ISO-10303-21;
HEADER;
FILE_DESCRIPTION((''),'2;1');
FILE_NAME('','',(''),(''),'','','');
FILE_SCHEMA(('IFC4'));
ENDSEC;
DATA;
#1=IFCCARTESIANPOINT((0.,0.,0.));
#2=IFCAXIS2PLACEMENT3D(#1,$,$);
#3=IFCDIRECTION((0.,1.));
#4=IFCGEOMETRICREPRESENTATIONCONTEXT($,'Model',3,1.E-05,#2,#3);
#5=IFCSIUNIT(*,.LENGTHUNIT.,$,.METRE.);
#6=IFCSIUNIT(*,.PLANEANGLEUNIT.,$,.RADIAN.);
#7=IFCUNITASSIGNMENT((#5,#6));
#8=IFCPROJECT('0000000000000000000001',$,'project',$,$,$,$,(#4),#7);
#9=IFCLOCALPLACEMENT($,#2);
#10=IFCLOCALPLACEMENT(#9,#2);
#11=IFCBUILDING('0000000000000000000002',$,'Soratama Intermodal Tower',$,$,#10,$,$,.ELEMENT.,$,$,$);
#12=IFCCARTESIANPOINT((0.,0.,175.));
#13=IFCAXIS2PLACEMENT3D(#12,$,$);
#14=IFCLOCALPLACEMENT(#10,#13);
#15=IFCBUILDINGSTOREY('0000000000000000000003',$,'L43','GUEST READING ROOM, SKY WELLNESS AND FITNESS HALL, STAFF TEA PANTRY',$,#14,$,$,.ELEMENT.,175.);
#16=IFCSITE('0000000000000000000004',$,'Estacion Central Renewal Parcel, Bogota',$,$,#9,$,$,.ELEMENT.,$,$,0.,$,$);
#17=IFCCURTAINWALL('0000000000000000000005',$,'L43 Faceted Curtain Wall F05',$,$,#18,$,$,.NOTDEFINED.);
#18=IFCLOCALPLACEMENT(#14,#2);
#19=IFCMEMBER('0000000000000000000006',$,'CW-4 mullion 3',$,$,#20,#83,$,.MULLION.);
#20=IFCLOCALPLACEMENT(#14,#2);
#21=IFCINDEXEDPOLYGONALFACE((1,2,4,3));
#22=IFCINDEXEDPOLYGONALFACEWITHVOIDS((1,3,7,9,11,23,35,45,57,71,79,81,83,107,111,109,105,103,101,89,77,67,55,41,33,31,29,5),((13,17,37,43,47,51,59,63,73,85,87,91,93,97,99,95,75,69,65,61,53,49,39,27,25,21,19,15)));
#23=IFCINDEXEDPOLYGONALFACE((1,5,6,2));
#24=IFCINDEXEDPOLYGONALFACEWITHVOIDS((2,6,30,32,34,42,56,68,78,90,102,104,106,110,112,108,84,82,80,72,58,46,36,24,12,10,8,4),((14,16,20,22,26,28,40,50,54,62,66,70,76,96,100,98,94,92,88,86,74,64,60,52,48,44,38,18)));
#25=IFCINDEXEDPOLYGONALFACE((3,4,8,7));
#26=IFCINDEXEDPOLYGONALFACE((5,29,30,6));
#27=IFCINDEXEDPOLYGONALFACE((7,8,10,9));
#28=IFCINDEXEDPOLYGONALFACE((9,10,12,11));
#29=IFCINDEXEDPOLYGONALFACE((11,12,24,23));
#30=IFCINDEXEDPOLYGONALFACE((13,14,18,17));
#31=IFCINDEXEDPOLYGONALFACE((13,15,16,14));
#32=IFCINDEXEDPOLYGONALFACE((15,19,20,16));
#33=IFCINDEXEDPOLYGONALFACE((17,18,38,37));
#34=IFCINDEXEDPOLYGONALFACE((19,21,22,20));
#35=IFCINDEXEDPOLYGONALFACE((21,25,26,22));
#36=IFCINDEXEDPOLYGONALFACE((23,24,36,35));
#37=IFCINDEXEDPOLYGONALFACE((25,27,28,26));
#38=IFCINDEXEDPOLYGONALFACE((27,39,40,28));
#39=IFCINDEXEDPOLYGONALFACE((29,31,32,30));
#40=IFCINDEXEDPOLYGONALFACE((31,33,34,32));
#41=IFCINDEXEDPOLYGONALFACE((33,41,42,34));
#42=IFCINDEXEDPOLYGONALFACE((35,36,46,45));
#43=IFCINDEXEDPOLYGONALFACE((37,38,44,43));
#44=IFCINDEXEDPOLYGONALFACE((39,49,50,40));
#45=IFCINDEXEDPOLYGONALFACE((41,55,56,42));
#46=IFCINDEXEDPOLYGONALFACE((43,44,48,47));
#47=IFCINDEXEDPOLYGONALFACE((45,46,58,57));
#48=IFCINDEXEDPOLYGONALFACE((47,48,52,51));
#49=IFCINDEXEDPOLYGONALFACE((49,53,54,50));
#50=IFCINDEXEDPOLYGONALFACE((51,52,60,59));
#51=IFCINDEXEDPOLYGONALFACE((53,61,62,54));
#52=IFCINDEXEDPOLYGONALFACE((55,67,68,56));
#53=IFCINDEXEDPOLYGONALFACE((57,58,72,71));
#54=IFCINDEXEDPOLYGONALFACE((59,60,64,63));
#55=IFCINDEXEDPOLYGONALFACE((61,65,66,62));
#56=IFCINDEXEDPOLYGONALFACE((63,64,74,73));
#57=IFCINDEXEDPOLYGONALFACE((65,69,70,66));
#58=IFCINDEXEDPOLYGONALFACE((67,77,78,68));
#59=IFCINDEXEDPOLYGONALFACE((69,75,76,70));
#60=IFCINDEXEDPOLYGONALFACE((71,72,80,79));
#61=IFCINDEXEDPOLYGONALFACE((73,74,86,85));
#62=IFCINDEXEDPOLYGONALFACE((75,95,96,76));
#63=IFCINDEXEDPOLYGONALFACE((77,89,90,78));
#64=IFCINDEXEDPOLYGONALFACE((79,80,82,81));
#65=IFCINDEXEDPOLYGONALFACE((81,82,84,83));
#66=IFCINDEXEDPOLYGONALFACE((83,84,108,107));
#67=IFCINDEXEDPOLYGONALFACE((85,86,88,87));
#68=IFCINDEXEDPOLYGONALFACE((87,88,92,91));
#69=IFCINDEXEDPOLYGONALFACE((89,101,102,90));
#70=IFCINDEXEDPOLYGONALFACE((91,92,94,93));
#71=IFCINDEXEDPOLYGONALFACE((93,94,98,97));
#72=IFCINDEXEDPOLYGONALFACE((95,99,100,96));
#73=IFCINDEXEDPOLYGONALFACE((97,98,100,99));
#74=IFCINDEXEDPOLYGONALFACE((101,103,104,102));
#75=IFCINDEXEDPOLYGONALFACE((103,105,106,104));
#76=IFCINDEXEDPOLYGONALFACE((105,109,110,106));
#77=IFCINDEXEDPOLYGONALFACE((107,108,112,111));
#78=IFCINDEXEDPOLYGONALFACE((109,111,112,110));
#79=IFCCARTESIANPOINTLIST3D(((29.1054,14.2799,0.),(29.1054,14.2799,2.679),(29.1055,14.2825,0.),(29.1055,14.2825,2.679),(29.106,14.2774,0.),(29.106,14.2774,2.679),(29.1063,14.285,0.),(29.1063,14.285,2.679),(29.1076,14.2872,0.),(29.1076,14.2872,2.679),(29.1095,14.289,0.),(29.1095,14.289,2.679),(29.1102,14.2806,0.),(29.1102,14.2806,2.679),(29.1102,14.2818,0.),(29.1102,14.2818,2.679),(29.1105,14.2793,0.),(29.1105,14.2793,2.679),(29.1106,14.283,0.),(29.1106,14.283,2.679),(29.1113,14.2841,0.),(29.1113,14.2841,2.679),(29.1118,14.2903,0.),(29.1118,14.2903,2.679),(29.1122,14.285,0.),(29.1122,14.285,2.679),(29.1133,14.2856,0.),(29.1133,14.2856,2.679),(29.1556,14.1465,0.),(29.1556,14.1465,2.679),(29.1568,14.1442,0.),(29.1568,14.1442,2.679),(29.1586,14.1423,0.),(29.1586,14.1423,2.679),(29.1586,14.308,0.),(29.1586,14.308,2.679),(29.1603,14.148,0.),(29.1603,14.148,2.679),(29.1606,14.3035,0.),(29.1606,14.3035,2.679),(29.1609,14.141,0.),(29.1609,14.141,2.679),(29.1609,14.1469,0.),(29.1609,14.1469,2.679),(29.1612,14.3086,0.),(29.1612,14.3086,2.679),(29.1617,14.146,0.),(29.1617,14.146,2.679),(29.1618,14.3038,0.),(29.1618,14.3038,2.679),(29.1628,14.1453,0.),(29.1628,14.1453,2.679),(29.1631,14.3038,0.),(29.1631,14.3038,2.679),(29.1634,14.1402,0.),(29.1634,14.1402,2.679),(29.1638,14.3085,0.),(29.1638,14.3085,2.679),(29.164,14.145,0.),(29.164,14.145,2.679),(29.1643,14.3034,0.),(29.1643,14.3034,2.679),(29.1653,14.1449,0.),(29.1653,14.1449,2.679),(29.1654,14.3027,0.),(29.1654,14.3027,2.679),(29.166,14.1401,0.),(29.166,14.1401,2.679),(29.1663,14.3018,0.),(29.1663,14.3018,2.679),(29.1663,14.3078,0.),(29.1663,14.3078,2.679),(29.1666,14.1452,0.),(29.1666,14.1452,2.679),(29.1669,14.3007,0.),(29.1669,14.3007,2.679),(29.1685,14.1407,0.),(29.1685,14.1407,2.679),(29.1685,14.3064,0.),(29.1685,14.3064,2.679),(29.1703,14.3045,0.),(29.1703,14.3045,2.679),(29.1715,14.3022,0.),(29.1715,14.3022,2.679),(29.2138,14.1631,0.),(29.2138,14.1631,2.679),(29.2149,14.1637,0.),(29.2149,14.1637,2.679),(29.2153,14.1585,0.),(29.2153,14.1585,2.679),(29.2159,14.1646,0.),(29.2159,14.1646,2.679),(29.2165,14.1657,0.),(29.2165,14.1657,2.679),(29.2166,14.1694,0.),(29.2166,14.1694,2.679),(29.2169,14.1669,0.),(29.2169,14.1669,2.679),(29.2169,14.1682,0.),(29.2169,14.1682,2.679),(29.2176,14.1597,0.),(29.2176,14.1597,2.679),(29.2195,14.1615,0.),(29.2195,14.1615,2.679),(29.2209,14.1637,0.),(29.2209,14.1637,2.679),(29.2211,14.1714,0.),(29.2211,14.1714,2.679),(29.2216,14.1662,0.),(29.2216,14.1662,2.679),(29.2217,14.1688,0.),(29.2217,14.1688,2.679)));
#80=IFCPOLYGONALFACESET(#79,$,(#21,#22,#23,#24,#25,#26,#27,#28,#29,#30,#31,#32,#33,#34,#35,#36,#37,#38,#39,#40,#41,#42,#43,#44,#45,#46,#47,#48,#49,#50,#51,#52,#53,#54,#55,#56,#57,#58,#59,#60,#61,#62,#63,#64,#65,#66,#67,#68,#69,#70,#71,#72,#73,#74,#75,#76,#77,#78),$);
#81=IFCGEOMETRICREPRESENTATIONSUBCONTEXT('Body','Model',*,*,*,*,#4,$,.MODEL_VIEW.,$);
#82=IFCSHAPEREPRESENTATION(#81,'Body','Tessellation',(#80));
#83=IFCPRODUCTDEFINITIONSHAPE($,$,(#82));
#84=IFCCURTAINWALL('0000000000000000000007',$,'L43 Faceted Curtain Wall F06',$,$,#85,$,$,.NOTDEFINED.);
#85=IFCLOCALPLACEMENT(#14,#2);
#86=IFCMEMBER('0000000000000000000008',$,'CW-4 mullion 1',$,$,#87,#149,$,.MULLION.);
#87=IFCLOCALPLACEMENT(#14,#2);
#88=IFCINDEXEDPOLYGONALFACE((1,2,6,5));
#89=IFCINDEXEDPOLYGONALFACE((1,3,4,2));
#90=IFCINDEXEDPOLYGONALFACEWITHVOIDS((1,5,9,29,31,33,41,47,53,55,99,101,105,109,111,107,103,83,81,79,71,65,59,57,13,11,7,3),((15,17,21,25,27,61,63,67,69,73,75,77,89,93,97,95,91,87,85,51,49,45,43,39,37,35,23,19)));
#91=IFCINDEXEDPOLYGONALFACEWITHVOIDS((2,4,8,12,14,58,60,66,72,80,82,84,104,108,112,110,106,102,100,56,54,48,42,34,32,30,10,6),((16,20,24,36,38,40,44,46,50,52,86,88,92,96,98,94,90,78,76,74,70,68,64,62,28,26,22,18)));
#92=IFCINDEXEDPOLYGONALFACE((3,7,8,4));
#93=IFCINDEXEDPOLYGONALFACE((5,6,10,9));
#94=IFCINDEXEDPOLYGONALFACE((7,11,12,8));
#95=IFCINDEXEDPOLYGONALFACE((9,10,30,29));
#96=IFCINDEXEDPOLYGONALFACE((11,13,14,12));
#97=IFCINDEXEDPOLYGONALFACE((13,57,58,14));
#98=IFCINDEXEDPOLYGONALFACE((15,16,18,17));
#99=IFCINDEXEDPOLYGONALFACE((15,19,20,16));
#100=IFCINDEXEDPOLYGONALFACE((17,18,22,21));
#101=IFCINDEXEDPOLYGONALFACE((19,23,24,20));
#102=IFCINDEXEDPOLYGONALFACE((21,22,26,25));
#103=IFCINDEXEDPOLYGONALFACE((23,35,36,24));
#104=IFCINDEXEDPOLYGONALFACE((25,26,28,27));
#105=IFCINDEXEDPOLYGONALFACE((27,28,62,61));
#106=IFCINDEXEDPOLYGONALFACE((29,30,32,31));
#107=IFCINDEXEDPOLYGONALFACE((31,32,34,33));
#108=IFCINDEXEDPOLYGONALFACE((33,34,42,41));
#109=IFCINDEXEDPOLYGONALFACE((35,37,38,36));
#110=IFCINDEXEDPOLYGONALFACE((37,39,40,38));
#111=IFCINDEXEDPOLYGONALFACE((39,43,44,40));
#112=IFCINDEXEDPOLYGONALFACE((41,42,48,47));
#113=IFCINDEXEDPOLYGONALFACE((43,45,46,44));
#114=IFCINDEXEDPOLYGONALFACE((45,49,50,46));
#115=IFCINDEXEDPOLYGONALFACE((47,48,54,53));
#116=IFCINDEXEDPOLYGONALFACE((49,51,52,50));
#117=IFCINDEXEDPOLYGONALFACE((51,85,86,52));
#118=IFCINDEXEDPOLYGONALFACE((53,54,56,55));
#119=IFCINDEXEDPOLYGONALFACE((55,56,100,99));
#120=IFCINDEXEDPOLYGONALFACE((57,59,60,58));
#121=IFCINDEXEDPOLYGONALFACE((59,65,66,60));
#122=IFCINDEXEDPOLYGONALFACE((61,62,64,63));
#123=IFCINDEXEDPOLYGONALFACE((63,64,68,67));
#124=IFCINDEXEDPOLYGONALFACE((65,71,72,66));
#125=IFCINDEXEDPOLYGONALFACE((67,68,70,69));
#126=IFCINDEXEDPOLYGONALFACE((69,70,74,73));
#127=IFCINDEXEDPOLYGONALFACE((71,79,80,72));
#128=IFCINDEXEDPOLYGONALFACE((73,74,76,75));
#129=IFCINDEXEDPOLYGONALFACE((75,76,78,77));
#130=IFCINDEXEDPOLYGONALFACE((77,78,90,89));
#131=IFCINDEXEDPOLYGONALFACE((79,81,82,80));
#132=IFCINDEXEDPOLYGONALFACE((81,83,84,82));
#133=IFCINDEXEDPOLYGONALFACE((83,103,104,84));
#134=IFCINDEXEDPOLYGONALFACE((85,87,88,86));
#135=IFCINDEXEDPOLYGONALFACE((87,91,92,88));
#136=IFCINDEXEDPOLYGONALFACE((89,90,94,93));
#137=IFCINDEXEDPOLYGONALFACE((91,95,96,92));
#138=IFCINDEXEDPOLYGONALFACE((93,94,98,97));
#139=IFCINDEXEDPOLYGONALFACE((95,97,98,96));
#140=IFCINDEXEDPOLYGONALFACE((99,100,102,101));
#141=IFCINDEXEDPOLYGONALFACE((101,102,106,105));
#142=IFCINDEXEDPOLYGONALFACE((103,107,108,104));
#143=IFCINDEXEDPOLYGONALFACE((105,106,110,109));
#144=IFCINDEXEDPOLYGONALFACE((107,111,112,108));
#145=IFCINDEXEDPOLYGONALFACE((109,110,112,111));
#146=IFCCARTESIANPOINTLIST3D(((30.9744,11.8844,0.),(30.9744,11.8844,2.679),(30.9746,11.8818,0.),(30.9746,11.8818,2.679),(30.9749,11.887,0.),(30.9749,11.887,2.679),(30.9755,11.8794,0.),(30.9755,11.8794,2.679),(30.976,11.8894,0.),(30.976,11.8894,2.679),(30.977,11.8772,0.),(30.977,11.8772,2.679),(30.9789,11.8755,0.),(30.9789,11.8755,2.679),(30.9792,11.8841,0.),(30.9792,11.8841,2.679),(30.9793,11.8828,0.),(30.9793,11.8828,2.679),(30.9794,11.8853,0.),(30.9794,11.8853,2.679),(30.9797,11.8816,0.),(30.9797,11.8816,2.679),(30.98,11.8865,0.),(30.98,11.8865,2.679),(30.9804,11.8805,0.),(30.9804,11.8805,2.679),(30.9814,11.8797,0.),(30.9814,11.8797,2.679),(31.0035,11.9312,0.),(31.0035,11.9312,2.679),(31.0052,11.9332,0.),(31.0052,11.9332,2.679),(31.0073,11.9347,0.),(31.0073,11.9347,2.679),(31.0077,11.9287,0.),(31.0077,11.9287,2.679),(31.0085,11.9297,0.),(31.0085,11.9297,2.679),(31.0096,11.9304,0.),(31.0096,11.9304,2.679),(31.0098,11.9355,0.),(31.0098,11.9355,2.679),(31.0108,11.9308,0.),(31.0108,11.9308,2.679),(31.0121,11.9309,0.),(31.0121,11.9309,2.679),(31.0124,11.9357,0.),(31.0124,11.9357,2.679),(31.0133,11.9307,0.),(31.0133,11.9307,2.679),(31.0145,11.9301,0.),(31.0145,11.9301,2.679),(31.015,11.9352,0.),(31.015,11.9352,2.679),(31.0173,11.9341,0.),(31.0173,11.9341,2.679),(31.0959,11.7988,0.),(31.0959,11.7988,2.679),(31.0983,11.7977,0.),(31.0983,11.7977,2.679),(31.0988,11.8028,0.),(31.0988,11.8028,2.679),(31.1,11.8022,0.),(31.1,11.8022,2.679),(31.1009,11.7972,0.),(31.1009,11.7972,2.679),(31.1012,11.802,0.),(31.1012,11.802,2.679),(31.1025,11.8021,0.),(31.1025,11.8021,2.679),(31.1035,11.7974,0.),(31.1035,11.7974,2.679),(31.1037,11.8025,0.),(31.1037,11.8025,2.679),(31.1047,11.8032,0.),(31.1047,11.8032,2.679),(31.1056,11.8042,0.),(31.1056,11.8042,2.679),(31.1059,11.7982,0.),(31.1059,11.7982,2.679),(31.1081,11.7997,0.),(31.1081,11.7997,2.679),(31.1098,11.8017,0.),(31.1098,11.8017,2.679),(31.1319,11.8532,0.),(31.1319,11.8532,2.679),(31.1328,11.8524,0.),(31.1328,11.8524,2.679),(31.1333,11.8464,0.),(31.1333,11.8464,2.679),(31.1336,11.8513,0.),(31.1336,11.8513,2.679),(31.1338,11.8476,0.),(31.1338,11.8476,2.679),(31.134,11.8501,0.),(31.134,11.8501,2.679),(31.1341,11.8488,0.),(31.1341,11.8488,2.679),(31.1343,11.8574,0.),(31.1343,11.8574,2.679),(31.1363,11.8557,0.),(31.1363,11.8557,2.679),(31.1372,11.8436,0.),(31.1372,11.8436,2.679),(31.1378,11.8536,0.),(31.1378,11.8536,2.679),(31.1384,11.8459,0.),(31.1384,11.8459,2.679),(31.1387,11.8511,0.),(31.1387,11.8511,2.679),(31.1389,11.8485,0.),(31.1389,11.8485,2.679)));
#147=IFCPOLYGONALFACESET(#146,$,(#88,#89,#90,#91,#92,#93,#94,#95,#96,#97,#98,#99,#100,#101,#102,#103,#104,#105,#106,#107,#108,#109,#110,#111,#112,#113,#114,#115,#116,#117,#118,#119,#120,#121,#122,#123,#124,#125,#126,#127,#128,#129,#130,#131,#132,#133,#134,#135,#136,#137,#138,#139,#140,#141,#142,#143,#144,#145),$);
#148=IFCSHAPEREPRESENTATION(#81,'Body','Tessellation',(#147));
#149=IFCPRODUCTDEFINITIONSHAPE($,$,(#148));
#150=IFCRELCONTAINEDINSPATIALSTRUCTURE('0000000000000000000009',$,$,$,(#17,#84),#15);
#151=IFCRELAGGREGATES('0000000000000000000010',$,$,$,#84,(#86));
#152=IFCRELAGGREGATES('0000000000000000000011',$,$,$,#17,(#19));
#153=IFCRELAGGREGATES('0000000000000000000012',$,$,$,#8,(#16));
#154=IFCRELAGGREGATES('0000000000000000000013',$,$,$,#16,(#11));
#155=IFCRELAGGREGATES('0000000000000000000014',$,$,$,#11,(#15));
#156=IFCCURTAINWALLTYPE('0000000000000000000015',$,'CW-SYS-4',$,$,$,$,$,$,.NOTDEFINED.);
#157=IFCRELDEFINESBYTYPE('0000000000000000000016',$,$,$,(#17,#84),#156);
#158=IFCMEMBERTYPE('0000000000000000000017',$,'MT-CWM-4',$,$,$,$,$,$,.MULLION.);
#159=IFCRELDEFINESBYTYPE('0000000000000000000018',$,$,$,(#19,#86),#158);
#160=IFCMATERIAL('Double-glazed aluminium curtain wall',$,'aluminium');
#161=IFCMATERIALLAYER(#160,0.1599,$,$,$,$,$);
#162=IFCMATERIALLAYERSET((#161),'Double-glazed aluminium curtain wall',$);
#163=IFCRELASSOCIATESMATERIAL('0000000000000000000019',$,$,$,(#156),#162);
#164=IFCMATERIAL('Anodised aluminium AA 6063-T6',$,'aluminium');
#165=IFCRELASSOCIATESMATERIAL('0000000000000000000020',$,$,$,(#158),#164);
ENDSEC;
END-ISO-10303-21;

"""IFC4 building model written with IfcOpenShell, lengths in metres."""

from ifc_helpers import new_model, si_unit, direction, frame, origin, origin_2d, place, context, subcontext, project, spatial, hollow_rectangle, extrude, material, layer, layer_set, material_profile, profile_set, type_object, element, aggregate, save


model = new_model("IFC4")

# Units and contexts
model_context = context("Model", 3, precision=1e-05, world=origin(), true_north=direction((0.0, 1.0)))
body_context = subcontext(model_context, "Body", "Model", "MODEL_VIEW")
ifc_project = project(units=[si_unit("LENGTHUNIT", "METRE"), si_unit("PLANEANGLEUNIT", "RADIAN")], contexts=[model_context])

# Site, building, storey
site_placement = place(None, origin())
site = spatial("IfcSite", under=ifc_project, at=site_placement, Name="Estacion Central Renewal Parcel, Bogota", CompositionType="ELEMENT", RefElevation=0.0)
building_placement = place(site_placement, origin())
building = spatial("IfcBuilding", under=site, at=building_placement, Name="Soratama Intermodal Tower", CompositionType="ELEMENT")
storey_placement = place(building_placement, frame((0.0, 0.0, 175.0)))
storey = spatial("IfcBuildingStorey", under=building, at=storey_placement, Name="L43", Description="GUEST READING ROOM, SKY WELLNESS AND FITNESS HALL, STAFF TEA PANTRY", CompositionType="ELEMENT", Elevation=175.0)

# Curtain wall, member
ifc_material_1 = material(Name="Double-glazed aluminium curtain wall", Category="aluminium")
ifc_layer_1 = layer(ifc_material_1, 0.1599)
ifc_layer_set_1 = layer_set([ifc_layer_1], Name="Double-glazed aluminium curtain wall")
curtain_wall_type = type_object("IfcCurtainWallType", Name="CW-SYS-4", PredefinedType="NOTDEFINED", material=ifc_layer_set_1)
curtain_wall_1_placement = place(storey_placement, origin())
curtain_wall_1 = element("IfcCurtainWall", 1, at=curtain_wall_1_placement, inside=storey, type_object=curtain_wall_type, Name="L43 Faceted Curtain Wall F05", PredefinedType="NOTDEFINED")
ifc_material_2 = material(Name="Anodised aluminium AA 6063-T6", Category="aluminium")
ifc_material_profile_1 = material_profile(ifc_material_2, hollow_rectangle(XDim=0.0701, YDim=0.1599, WallThickness=0.0049, InnerFilletRadius=0.0049, OuterFilletRadius=0.01, at=origin_2d()), Name="CWM160X70X5")
ifc_profile_set_1 = profile_set([ifc_material_profile_1], Name="Anodised aluminium AA 6063-T6")
member_type_1 = type_object("IfcMemberType", Name="MT-CWM-4", PredefinedType="MULLION", material=ifc_profile_set_1)
member_1_placement = place(storey_placement, frame((29.1636, 14.2244, 0.0), z_axis=(0.0, 0.0, 1.0), x_axis=(0.935071, 0.354462, 0.0)))
member_1 = element("IfcMember", 2, at=member_1_placement, type_object=member_type_1, Name="CW-4 mullion 3", PredefinedType="MULLION", context=body_context, shape_type="SweptSolid", body=[
    extrude(hollow_rectangle(XDim=0.0701, YDim=0.1599, WallThickness=0.0049, InnerFilletRadius=0.0049, OuterFilletRadius=0.01, at=origin_2d()), origin(), (0.0, 0.0, 1.0), 2.679),
])

# Curtain wall, member
curtain_wall_2_placement = place(storey_placement, origin())
curtain_wall_2 = element("IfcCurtainWall", 3, at=curtain_wall_2_placement, inside=storey, type_object=curtain_wall_type, Name="L43 Faceted Curtain Wall F06", PredefinedType="NOTDEFINED")
member_2_placement = place(storey_placement, frame((31.0566, 11.8665, 0.0), z_axis=(0.0, 0.0, 1.0), x_axis=(0.548142, 0.836385, 0.0)))
member_2 = element("IfcMember", 4, at=member_2_placement, type_object=member_type_1, Name="CW-4 mullion 1", PredefinedType="MULLION", context=body_context, shape_type="SweptSolid", body=[
    extrude(hollow_rectangle(XDim=0.0701, YDim=0.1599, WallThickness=0.0049, InnerFilletRadius=0.0049, OuterFilletRadius=0.01, at=origin_2d()), origin(), (0.0, 0.0, 1.0), 2.679),
])
aggregate(curtain_wall_2, [member_2])

aggregate(curtain_wall_1, [member_1])

save(model, "model.ifc")
